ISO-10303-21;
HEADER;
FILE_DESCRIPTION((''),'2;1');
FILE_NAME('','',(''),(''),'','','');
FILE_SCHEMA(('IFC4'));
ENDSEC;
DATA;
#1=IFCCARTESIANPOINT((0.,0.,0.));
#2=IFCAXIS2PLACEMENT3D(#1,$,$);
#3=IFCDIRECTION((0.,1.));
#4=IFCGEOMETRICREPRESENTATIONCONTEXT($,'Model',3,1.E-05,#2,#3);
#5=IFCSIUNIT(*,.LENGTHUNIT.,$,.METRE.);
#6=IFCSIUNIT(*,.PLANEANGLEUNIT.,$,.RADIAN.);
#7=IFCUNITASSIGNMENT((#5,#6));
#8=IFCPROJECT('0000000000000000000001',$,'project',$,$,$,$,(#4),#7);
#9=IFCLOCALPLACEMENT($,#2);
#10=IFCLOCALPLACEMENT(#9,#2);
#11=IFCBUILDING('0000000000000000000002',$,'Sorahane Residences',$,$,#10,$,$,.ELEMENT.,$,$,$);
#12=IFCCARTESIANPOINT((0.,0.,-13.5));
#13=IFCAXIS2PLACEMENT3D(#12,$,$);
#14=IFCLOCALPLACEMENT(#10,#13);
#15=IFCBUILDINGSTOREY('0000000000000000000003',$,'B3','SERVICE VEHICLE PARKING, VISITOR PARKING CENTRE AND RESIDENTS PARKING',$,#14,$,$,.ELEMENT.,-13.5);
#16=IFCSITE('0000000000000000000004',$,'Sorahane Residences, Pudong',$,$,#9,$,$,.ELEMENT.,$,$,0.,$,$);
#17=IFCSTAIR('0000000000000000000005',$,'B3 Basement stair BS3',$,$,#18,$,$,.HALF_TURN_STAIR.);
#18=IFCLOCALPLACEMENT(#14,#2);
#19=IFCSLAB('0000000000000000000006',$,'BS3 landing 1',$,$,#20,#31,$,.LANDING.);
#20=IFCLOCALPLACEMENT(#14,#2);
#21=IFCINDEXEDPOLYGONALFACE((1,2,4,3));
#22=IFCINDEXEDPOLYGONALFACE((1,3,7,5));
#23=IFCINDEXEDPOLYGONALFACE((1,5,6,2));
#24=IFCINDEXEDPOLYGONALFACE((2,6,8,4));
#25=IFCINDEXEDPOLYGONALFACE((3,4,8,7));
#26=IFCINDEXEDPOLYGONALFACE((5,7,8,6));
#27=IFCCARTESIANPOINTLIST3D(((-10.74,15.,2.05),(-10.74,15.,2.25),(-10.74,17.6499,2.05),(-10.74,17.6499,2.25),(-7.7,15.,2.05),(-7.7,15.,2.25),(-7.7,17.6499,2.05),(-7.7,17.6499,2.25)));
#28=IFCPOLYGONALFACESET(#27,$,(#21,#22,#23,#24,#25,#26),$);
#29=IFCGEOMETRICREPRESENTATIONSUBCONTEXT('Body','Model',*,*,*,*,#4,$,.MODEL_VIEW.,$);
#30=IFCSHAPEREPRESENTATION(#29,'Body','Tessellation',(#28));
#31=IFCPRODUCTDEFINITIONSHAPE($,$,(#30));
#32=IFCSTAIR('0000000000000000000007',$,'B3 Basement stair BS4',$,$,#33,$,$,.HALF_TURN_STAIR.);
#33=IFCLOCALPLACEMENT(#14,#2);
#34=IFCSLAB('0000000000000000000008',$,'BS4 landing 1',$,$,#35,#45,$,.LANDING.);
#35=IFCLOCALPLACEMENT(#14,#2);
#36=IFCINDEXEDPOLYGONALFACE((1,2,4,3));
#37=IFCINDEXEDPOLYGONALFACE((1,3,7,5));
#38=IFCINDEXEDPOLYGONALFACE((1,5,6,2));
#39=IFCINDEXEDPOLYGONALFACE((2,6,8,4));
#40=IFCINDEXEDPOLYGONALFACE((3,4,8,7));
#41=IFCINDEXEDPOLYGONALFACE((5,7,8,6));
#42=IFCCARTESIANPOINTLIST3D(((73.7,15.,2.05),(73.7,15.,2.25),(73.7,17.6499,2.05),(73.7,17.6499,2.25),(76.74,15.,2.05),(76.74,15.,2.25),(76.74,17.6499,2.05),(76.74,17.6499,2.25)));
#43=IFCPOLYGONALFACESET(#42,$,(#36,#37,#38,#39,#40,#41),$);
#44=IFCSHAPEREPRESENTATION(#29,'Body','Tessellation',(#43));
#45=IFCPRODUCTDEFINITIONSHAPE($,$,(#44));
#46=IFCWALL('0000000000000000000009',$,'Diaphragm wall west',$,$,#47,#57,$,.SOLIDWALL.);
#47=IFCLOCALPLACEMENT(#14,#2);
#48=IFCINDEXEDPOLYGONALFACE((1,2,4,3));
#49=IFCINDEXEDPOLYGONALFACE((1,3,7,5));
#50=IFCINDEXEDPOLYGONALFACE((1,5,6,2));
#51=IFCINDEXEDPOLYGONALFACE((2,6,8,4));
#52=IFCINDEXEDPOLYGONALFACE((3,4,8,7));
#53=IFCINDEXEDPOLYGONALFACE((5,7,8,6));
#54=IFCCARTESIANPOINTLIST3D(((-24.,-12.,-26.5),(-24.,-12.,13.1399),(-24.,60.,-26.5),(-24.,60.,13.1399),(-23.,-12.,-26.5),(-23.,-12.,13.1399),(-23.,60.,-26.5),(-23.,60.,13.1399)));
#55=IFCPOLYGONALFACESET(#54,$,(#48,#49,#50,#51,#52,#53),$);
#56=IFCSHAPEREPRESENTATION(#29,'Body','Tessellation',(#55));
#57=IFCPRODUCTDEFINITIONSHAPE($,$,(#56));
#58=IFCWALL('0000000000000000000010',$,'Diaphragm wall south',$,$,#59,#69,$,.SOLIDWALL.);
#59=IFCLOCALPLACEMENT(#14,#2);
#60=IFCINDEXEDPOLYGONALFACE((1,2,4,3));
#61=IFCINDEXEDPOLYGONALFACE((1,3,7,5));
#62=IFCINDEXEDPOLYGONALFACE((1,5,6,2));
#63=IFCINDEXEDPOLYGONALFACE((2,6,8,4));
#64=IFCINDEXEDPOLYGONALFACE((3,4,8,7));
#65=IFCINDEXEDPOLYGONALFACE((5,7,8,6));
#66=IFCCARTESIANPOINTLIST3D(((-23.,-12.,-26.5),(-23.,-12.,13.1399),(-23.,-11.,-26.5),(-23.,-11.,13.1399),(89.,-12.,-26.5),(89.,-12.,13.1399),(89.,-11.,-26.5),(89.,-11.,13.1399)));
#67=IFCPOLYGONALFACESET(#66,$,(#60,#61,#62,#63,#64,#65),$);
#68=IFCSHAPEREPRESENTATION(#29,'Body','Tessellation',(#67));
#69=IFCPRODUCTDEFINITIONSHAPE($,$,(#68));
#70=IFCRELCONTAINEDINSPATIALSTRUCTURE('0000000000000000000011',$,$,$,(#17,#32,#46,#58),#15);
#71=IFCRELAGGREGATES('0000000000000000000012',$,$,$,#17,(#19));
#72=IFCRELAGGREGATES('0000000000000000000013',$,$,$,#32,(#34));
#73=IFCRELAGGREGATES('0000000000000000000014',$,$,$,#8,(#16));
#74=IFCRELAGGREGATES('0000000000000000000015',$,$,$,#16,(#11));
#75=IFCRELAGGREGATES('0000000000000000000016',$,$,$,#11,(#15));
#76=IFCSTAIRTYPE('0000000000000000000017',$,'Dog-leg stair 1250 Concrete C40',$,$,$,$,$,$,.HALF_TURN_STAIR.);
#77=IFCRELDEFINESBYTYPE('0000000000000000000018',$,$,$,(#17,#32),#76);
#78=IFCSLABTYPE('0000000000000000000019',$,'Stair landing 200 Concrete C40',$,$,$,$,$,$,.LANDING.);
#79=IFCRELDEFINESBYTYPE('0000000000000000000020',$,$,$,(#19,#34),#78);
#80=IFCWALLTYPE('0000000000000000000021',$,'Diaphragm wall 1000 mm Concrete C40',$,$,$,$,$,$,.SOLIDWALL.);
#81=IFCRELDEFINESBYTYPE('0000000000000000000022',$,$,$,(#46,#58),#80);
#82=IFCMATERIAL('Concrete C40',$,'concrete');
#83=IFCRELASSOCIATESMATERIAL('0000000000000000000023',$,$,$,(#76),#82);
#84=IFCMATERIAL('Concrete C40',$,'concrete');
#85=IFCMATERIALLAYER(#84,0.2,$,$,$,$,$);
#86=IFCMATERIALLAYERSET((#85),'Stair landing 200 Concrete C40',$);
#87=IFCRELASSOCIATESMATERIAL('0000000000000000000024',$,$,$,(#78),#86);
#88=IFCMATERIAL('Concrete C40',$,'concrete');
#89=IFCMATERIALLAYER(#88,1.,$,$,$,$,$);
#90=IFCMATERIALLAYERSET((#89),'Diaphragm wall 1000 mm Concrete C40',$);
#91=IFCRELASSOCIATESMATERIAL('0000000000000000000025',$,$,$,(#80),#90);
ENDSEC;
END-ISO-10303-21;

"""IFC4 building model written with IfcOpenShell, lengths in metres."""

from ifc_helpers import new_model, si_unit, direction, frame, frame_2d, origin, place, context, subcontext, project, spatial, polyline, rectangle, outline, extrude, material, layer, layer_set, type_object, element, aggregate, save


model = new_model("IFC4")

# Units and contexts
model_context = context("Model", 3, precision=1e-05, world=origin(), true_north=direction((0.0, 1.0)))
body_context = subcontext(model_context, "Body", "Model", "MODEL_VIEW")
ifc_project = project(units=[si_unit("LENGTHUNIT", "METRE"), si_unit("PLANEANGLEUNIT", "RADIAN")], contexts=[model_context])

# Site, building, storey
site_placement = place(None, origin())
site = spatial("IfcSite", under=ifc_project, at=site_placement, Name="Sorahane Residences, Pudong", CompositionType="ELEMENT", RefElevation=0.0)
building_placement = place(site_placement, origin())
building = spatial("IfcBuilding", under=site, at=building_placement, Name="Sorahane Residences", CompositionType="ELEMENT")
storey_placement = place(building_placement, frame((0.0, 0.0, -13.5)))
storey = spatial("IfcBuildingStorey", under=building, at=storey_placement, Name="B3", Description="SERVICE VEHICLE PARKING, VISITOR PARKING CENTRE AND RESIDENTS PARKING", CompositionType="ELEMENT", Elevation=-13.5)

# Stairs, slabs
ifc_material_1 = material(Name="Concrete C40", Category="concrete")
stair_type = type_object("IfcStairType", Name="Dog-leg stair 1250 Concrete C40", PredefinedType="HALF_TURN_STAIR", material=ifc_material_1)
ifc_material_2 = material(Name="Concrete C40", Category="concrete")
ifc_layer_1 = layer(ifc_material_2, 0.2)
ifc_layer_set_1 = layer_set([ifc_layer_1], Name="Stair landing 200 Concrete C40")
slab_type_1 = type_object("IfcSlabType", Name="Stair landing 200 Concrete C40", PredefinedType="LANDING", material=ifc_layer_set_1)
stair_1_placement = place(storey_placement, origin())
stair_1 = element("IfcStair", 1, at=stair_1_placement, inside=storey, type_object=stair_type, Name="B3 Basement stair BS3", PredefinedType="HALF_TURN_STAIR")
slab_1_placement = place(storey_placement, frame((0.0, 0.0, 2.05)))
slab_1 = element("IfcSlab", 2, at=slab_1_placement, type_object=slab_type_1, Name="BS3 landing 1", PredefinedType="LANDING", context=body_context, shape_type="SweptSolid", body=[
    extrude(outline(polyline([(-10.74, 15.0), (-7.7, 15.0), (-7.7, 17.6499), (-10.74, 17.6499), (-10.74, 15.0)])), origin(), (0.0, 0.0, 1.0), 0.2),
])
aggregate(stair_1, [slab_1])
stair_2_placement = place(storey_placement, origin())
stair_2 = element("IfcStair", 3, at=stair_2_placement, inside=storey, type_object=stair_type, Name="B3 Basement stair BS4", PredefinedType="HALF_TURN_STAIR")
slab_2_placement = place(storey_placement, frame((0.0, 0.0, 2.05)))
slab_2 = element("IfcSlab", 4, at=slab_2_placement, type_object=slab_type_1, Name="BS4 landing 1", PredefinedType="LANDING", context=body_context, shape_type="SweptSolid", body=[
    extrude(outline(polyline([(76.74, 17.6499), (73.7, 17.6499), (73.7, 15.0), (76.74, 15.0), (76.74, 17.6499)])), origin(), (0.0, 0.0, 1.0), 0.2),
])
aggregate(stair_2, [slab_2])

# Walls
ifc_material_3 = material(Name="Concrete C40", Category="concrete")
ifc_layer_2 = layer(ifc_material_3, 1.0)
ifc_layer_set_2 = layer_set([ifc_layer_2], Name="Diaphragm wall 1000 mm Concrete C40")
wall_type = type_object("IfcWallType", Name="Diaphragm wall 1000 mm Concrete C40", PredefinedType="SOLIDWALL", material=ifc_layer_set_2)
wall_1_placement = place(storey_placement, frame((-23.5, -12.0, -26.5), z_axis=(0.0, 0.0, 1.0), x_axis=(0.0, 1.0, 0.0)))
element("IfcWall", 5, at=wall_1_placement, inside=storey, type_object=wall_type, Name="Diaphragm wall west", PredefinedType="SOLIDWALL", context=body_context, shape_type="SweptSolid", body=[
    extrude(rectangle(XDim=72.0, YDim=1.0, at=frame_2d((36.0, 0.0))), origin(), (0.0, 0.0, 1.0), 39.6399),
])
wall_2_placement = place(storey_placement, frame((-23.0, -11.5, -26.5), z_axis=(0.0, 0.0, 1.0), x_axis=(1.0, 0.0, 0.0)))
element("IfcWall", 6, at=wall_2_placement, inside=storey, type_object=wall_type, Name="Diaphragm wall south", PredefinedType="SOLIDWALL", context=body_context, shape_type="SweptSolid", body=[
    extrude(rectangle(XDim=112.0, YDim=1.0, at=frame_2d((56.0, 0.0))), origin(), (0.0, 0.0, 1.0), 39.6399),
])

save(model, "model.ifc")
